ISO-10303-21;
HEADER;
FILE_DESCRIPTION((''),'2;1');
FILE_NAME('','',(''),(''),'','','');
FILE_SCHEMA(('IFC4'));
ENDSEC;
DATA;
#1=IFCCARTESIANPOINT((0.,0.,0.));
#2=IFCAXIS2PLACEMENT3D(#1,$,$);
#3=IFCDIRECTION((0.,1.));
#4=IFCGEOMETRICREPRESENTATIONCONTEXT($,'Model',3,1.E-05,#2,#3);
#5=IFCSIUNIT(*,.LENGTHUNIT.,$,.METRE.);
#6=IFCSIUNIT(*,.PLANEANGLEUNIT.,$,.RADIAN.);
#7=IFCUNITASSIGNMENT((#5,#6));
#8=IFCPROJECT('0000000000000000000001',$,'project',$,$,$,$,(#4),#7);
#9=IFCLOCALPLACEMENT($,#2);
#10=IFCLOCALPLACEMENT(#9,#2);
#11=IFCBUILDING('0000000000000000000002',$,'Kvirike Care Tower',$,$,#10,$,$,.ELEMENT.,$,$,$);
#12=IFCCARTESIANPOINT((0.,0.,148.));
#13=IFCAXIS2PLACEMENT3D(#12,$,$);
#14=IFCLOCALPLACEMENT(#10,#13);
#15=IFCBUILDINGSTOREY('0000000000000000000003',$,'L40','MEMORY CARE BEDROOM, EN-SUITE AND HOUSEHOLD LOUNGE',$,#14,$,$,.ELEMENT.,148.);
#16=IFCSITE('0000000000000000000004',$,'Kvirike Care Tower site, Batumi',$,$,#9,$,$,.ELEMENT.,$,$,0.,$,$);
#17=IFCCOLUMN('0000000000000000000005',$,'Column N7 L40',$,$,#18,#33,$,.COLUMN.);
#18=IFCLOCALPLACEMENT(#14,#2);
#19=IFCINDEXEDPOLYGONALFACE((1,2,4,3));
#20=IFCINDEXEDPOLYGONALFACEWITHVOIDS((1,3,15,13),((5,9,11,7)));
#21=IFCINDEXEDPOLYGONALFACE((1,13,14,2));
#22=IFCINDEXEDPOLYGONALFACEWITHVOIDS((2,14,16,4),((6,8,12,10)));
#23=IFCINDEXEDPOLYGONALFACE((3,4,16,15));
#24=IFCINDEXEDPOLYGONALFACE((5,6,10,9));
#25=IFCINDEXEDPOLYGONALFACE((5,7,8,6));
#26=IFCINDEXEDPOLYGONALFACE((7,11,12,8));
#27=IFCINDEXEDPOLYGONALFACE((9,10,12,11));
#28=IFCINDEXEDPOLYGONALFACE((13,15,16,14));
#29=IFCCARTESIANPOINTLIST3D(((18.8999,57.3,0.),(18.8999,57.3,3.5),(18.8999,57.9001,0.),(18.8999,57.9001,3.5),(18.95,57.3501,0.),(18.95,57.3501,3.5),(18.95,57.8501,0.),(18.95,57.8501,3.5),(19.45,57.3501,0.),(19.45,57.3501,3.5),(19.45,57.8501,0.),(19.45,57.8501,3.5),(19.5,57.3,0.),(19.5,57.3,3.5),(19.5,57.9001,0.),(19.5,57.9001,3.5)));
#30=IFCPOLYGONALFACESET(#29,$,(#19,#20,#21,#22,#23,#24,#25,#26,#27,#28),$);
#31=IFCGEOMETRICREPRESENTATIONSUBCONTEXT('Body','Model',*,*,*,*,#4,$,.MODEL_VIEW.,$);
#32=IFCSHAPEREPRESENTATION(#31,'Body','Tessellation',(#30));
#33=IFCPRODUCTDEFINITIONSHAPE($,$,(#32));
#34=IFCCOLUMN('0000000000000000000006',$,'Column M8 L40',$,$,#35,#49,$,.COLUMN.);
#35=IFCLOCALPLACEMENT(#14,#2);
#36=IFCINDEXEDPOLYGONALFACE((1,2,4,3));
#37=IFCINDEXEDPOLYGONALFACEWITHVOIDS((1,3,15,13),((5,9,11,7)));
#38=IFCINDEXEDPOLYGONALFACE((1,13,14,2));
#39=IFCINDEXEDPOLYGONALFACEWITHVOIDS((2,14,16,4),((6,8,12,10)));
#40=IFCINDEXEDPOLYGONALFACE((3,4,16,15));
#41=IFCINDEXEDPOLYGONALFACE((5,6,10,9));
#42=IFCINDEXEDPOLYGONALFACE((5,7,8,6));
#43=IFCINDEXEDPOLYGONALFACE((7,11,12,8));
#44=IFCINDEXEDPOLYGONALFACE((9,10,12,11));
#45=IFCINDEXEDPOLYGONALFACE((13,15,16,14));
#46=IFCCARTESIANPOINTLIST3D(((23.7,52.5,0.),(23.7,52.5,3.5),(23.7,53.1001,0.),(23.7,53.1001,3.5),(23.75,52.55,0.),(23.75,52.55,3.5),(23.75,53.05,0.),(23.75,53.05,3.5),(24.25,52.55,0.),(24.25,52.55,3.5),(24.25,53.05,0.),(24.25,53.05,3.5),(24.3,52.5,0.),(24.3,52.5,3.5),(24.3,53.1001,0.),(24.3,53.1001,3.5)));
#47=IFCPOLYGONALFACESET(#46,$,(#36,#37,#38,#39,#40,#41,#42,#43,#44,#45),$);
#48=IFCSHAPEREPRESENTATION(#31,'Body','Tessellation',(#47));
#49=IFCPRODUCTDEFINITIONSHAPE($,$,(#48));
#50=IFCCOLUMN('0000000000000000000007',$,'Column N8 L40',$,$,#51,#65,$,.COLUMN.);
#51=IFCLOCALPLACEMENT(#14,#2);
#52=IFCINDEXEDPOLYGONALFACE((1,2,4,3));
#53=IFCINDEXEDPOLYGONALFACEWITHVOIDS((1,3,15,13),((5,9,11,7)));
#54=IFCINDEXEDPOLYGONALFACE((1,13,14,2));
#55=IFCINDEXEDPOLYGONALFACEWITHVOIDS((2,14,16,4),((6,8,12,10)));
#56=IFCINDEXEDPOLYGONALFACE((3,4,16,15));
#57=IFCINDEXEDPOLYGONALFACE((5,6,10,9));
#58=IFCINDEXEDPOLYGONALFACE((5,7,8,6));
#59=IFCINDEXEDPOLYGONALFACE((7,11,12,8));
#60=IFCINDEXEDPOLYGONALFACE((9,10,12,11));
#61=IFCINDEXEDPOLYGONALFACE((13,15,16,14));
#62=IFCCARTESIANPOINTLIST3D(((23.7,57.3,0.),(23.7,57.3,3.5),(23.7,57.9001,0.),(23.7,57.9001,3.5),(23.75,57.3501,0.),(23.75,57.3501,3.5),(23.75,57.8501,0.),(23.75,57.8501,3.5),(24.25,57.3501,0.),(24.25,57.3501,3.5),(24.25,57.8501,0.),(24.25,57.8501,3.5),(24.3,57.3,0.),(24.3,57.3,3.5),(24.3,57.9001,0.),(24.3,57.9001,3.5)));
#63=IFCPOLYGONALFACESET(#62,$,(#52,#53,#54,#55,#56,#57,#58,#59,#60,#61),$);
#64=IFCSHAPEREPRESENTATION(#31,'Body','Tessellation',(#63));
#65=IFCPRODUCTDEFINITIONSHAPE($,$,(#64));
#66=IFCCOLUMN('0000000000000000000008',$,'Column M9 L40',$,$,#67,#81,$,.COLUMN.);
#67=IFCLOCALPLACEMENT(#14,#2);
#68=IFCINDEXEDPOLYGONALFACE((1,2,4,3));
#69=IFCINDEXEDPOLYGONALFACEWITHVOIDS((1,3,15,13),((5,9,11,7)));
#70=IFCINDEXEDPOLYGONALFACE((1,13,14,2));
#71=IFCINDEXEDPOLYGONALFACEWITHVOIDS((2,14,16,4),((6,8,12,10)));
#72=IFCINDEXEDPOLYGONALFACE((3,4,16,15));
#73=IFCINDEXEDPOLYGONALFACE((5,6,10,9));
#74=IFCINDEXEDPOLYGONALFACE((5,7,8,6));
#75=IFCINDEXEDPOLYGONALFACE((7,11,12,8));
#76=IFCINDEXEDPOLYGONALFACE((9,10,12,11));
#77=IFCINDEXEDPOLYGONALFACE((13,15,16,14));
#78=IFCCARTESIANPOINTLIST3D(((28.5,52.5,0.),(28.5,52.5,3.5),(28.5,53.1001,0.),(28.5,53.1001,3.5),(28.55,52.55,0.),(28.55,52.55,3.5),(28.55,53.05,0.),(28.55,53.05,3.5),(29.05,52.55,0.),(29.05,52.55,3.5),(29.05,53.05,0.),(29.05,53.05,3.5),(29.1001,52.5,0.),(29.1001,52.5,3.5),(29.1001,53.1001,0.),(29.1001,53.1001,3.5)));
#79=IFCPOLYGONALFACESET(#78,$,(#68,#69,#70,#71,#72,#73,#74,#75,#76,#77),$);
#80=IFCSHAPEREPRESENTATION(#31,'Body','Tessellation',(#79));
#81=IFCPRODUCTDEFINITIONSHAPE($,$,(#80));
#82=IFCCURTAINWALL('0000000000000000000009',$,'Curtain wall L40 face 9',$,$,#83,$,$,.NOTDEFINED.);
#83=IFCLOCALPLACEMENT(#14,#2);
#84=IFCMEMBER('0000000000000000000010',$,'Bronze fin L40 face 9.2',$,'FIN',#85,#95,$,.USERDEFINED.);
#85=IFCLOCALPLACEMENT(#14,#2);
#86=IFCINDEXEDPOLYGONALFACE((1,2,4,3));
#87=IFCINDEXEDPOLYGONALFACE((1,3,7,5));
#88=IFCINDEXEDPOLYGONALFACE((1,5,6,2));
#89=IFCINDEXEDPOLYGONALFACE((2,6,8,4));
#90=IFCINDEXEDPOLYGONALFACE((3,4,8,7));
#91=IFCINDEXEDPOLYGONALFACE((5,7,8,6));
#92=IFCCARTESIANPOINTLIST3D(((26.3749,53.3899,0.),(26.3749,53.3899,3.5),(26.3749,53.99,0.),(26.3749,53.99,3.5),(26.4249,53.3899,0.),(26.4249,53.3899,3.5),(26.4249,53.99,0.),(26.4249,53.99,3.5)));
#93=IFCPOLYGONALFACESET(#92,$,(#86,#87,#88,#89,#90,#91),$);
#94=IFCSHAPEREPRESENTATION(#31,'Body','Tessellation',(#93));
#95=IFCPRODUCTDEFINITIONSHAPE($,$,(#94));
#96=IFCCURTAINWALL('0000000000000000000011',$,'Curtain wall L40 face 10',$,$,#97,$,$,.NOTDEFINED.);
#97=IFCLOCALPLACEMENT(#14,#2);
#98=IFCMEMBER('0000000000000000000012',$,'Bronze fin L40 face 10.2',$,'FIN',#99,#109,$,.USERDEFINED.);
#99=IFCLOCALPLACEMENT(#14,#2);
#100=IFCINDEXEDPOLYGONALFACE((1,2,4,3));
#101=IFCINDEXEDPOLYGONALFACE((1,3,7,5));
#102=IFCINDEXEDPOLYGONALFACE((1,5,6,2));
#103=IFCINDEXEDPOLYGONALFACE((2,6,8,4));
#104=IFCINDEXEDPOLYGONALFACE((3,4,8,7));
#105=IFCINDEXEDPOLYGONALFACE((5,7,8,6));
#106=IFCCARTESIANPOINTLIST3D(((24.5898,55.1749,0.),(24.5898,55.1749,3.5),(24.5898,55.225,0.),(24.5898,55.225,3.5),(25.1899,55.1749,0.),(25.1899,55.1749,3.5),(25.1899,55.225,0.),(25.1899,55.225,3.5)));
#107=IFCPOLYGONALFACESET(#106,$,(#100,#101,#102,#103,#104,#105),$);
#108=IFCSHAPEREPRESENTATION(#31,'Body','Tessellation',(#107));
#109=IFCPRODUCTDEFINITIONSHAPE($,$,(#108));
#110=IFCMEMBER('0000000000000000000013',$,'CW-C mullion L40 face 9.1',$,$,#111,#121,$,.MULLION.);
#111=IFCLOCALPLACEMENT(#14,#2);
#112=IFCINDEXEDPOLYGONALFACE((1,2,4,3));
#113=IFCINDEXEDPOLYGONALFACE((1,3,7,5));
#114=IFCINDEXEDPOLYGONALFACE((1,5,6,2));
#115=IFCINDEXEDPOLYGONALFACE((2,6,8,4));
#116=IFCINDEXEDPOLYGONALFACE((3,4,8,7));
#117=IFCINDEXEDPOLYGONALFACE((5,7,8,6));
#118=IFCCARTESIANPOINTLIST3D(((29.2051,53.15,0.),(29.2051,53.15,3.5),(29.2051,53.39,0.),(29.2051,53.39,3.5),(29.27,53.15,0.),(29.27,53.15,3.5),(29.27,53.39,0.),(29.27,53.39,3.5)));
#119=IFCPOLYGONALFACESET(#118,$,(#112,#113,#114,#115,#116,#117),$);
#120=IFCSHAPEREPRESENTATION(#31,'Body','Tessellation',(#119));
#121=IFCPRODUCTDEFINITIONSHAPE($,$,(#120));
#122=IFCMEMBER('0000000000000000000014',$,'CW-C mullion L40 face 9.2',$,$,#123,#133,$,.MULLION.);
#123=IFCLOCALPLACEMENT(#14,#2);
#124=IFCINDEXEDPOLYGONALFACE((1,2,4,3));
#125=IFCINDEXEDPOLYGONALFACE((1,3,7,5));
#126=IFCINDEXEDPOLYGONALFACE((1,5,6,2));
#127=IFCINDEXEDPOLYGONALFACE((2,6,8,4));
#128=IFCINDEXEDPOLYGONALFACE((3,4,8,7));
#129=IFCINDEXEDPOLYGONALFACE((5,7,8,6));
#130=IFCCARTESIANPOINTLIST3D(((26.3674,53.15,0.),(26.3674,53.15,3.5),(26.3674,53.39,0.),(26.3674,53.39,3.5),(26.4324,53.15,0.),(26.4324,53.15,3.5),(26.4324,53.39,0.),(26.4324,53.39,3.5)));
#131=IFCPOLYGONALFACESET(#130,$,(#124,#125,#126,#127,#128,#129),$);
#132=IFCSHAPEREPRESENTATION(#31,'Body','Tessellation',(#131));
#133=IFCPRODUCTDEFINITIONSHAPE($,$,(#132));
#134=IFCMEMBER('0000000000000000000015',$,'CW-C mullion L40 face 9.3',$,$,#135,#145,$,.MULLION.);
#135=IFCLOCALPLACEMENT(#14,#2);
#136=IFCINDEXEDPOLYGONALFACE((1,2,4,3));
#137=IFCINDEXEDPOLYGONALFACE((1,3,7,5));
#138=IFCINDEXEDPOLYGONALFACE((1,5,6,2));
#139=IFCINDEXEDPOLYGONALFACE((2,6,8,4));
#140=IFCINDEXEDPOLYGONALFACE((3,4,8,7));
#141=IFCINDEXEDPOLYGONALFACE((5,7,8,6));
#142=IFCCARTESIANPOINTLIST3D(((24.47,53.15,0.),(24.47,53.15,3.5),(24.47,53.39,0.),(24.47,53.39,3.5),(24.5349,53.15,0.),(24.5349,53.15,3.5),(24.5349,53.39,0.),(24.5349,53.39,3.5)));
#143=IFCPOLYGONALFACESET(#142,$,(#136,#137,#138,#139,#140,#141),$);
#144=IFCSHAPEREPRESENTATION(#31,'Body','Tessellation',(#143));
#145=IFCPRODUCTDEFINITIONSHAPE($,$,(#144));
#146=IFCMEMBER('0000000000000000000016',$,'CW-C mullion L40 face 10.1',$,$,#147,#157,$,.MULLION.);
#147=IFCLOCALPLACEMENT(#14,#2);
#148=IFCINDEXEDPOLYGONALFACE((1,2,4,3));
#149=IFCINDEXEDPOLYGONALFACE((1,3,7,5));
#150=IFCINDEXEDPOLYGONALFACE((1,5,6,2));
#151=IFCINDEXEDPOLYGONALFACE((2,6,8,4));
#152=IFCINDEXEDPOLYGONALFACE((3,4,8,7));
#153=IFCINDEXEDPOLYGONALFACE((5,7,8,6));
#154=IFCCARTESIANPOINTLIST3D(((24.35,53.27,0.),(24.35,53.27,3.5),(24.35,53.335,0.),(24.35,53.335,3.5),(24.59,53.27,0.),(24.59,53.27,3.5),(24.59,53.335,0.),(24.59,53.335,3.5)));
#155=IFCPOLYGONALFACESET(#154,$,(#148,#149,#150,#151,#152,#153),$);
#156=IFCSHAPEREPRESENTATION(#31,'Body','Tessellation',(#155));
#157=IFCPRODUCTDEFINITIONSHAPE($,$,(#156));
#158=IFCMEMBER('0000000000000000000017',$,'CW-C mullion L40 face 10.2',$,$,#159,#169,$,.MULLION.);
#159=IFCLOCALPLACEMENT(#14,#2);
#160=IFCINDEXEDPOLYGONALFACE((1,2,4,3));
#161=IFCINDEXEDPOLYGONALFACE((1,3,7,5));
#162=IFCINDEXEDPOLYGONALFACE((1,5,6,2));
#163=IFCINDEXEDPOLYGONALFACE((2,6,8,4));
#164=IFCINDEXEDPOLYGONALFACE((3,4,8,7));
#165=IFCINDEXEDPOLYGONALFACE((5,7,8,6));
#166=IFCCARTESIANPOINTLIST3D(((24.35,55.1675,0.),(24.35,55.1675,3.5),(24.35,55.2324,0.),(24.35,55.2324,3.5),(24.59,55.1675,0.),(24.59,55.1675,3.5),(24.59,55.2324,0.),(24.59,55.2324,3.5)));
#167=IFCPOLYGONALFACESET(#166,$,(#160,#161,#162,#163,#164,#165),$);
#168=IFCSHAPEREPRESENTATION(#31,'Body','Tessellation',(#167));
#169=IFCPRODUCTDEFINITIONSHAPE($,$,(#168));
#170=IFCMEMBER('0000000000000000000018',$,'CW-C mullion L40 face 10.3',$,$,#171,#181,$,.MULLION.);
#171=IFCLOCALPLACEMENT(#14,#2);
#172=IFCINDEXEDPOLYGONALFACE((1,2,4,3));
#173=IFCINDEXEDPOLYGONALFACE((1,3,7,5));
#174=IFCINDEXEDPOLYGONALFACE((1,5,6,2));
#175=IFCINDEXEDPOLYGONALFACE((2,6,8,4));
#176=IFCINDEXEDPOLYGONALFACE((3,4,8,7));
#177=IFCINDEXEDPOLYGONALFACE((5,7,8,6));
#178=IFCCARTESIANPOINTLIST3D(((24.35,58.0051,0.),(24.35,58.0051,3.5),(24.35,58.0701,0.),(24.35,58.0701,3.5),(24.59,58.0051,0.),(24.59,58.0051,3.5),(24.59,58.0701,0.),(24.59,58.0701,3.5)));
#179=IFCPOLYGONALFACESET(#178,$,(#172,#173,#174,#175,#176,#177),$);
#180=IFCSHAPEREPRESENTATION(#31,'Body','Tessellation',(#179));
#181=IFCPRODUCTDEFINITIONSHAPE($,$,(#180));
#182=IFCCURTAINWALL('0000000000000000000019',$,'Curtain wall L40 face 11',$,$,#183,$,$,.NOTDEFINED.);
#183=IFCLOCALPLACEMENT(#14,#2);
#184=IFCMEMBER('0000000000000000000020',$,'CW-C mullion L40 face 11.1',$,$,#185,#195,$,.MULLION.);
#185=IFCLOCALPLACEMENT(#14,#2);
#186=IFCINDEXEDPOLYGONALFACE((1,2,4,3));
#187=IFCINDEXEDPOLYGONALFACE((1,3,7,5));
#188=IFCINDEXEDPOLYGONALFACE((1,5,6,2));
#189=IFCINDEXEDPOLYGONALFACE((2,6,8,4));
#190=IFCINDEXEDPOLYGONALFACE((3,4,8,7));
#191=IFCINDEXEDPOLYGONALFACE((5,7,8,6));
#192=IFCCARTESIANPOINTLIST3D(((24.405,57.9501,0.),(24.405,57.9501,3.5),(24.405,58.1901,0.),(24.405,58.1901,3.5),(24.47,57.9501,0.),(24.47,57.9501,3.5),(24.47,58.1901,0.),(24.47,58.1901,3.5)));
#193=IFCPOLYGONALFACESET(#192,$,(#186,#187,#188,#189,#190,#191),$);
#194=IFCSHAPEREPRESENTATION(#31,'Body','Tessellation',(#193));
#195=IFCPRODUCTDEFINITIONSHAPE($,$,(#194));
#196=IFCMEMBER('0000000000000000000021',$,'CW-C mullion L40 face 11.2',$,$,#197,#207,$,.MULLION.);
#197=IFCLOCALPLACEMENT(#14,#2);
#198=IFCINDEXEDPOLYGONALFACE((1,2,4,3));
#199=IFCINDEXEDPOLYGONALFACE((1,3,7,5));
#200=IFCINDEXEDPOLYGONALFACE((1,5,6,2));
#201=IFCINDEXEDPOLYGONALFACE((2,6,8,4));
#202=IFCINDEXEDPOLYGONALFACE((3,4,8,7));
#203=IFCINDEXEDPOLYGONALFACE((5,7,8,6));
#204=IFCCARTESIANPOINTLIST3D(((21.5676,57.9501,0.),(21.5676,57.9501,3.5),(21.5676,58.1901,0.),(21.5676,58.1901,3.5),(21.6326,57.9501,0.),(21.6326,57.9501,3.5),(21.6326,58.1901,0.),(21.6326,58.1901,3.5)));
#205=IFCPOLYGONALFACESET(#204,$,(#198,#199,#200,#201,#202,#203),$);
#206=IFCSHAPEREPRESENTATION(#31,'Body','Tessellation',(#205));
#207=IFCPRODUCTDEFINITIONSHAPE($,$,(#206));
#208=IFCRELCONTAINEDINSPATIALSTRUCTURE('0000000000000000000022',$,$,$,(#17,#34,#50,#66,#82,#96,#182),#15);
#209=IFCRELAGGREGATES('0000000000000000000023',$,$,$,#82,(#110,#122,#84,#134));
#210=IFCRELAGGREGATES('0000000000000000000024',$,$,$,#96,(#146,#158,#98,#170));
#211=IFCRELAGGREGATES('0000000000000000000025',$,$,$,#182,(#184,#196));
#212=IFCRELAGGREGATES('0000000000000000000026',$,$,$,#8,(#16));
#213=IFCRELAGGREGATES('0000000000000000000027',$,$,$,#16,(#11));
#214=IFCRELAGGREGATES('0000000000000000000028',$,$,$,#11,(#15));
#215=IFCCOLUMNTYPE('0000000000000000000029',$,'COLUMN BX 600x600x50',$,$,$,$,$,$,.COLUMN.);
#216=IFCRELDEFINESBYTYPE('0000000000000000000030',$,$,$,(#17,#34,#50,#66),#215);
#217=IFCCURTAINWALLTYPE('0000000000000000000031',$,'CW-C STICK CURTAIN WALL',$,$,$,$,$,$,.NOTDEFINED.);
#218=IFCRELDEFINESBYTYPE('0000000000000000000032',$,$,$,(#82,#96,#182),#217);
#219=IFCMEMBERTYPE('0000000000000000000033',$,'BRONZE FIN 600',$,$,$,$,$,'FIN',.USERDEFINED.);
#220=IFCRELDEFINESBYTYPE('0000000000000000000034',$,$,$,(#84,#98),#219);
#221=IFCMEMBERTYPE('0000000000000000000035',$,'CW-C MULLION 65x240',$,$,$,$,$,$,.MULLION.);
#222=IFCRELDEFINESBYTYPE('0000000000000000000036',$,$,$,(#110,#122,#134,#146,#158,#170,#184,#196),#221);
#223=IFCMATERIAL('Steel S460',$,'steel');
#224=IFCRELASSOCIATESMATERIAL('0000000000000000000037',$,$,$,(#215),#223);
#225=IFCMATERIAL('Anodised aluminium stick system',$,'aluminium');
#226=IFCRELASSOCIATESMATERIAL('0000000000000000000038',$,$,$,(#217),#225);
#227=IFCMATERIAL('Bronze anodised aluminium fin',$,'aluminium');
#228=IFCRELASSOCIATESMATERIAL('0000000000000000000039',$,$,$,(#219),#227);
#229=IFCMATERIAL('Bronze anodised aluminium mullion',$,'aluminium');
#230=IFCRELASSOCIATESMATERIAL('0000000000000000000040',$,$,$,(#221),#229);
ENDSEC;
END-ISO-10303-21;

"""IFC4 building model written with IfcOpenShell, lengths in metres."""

from ifc_helpers import new_model, si_unit, direction, frame, origin, origin_2d, place, context, subcontext, project, spatial, rectangle, hollow_rectangle, extrude, material, material_profile, profile_set, type_object, element, aggregate, save


model = new_model("IFC4")

# Units and contexts
model_context = context("Model", 3, precision=1e-05, world=origin(), true_north=direction((0.0, 1.0)))
body_context = subcontext(model_context, "Body", "Model", "MODEL_VIEW")
ifc_project = project(units=[si_unit("LENGTHUNIT", "METRE"), si_unit("PLANEANGLEUNIT", "RADIAN")], contexts=[model_context])

# Site, building, storey
site_placement = place(None, origin())
site = spatial("IfcSite", under=ifc_project, at=site_placement, Name="Kvirike Care Tower site, Batumi", CompositionType="ELEMENT", RefElevation=0.0)
building_placement = place(site_placement, origin())
building = spatial("IfcBuilding", under=site, at=building_placement, Name="Kvirike Care Tower", CompositionType="ELEMENT")
storey_placement = place(building_placement, frame((0.0, 0.0, 148.0)))
storey = spatial("IfcBuildingStorey", under=building, at=storey_placement, Name="L40", Description="MEMORY CARE BEDROOM, EN-SUITE AND HOUSEHOLD LOUNGE", CompositionType="ELEMENT", Elevation=148.0)

# Columns
ifc_material_1 = material(Name="Steel S460", Category="steel")
ifc_material_profile_1 = material_profile(ifc_material_1, hollow_rectangle(XDim=0.6001, YDim=0.6001, WallThickness=0.05, at=origin_2d()), Name="BX 600x600x50")
ifc_profile_set_1 = profile_set([ifc_material_profile_1], Name="Steel S460")
column_type = type_object("IfcColumnType", Name="COLUMN BX 600x600x50", PredefinedType="COLUMN", material=ifc_profile_set_1)
for number, where, z_axis, x_axis, name in (
    (1, (19.2, 57.6001, 0.0), (0.0, 0.0, 1.0), (0.0, 1.0, 0.0), "Column N7 L40"),
    (2, (24.0, 52.8, 0.0), (0.0, 0.0, 1.0), (0.0, 1.0, 0.0), "Column M8 L40"),
    (3, (24.0, 57.6001, 0.0), (0.0, 0.0, 1.0), (0.0, 1.0, 0.0), "Column N8 L40"),
    (4, (28.8, 52.8, 0.0), (0.0, 0.0, 1.0), (0.0, 1.0, 0.0), "Column M9 L40"),
):
    element("IfcColumn", number, at=place(storey_placement, frame(where, z_axis=z_axis, x_axis=x_axis)), inside=storey, type_object=column_type, Name=name, PredefinedType="COLUMN", context=body_context, shape_type="SweptSolid", body=[
        extrude(hollow_rectangle(XDim=0.6001, YDim=0.6001, WallThickness=0.05, at=origin_2d()), origin(), (0.0, 0.0, 1.0), 3.5),
    ])

# Curtain walls, members
ifc_material_2 = material(Name="Anodised aluminium stick system", Category="aluminium")
curtain_wall_type = type_object("IfcCurtainWallType", Name="CW-C STICK CURTAIN WALL", PredefinedType="NOTDEFINED", material=ifc_material_2)
curtain_wall_1_placement = place(storey_placement, origin())
curtain_wall_1 = element("IfcCurtainWall", 5, at=curtain_wall_1_placement, inside=storey, type_object=curtain_wall_type, Name="Curtain wall L40 face 9", PredefinedType="NOTDEFINED")
ifc_material_3 = material(Name="Bronze anodised aluminium fin", Category="aluminium")
ifc_material_profile_2 = material_profile(ifc_material_3, rectangle(XDim=0.05, YDim=0.6001, at=origin_2d()), Name="BRONZE FIN 600")
ifc_profile_set_2 = profile_set([ifc_material_profile_2], Name="Bronze anodised aluminium fin")
member_type_1 = type_object("IfcMemberType", Name="BRONZE FIN 600", ElementType="FIN", PredefinedType="USERDEFINED", material=ifc_profile_set_2)
member_1_placement = place(storey_placement, frame((26.3999, 53.6899, 0.0), z_axis=(0.0, 0.0, 1.0), x_axis=(-1.0, 0.0, 0.0)))
member_1 = element("IfcMember", 6, at=member_1_placement, type_object=member_type_1, Name="Bronze fin L40 face 9.2", ObjectType="FIN", PredefinedType="USERDEFINED", context=body_context, shape_type="SweptSolid", body=[
    extrude(rectangle(XDim=0.05, YDim=0.6001, at=origin_2d()), origin(), (0.0, 0.0, 1.0), 3.5),
])
curtain_wall_2_placement = place(storey_placement, origin())
curtain_wall_2 = element("IfcCurtainWall", 7, at=curtain_wall_2_placement, inside=storey, type_object=curtain_wall_type, Name="Curtain wall L40 face 10", PredefinedType="NOTDEFINED")
member_2_placement = place(storey_placement, frame((24.8899, 55.2, 0.0), z_axis=(0.0, 0.0, 1.0), x_axis=(0.0, 1.0, 0.0)))
member_2 = element("IfcMember", 8, at=member_2_placement, type_object=member_type_1, Name="Bronze fin L40 face 10.2", ObjectType="FIN", PredefinedType="USERDEFINED", context=body_context, shape_type="SweptSolid", body=[
    extrude(rectangle(XDim=0.05, YDim=0.6001, at=origin_2d()), origin(), (0.0, 0.0, 1.0), 3.5),
])

# Members
ifc_material_4 = material(Name="Bronze anodised aluminium mullion", Category="aluminium")
ifc_material_profile_3 = material_profile(ifc_material_4, rectangle(XDim=0.0649, YDim=0.24, at=origin_2d()), Name="CW-C MULLION 65x240")
ifc_profile_set_3 = profile_set([ifc_material_profile_3], Name="Bronze anodised aluminium mullion")
member_type_2 = type_object("IfcMemberType", Name="CW-C MULLION 65x240", PredefinedType="MULLION", material=ifc_profile_set_3)
member_3_placement = place(storey_placement, frame((29.2375, 53.27, 0.0), z_axis=(0.0, 0.0, 1.0), x_axis=(-1.0, 0.0, 0.0)))
member_3 = element("IfcMember", 9, at=member_3_placement, type_object=member_type_2, Name="CW-C mullion L40 face 9.1", PredefinedType="MULLION", context=body_context, shape_type="SweptSolid", body=[
    extrude(rectangle(XDim=0.0649, YDim=0.24, at=origin_2d()), origin(), (0.0, 0.0, 1.0), 3.5),
])
member_4_placement = place(storey_placement, frame((26.3999, 53.27, 0.0), z_axis=(0.0, 0.0, 1.0), x_axis=(-1.0, 0.0, 0.0)))
member_4 = element("IfcMember", 10, at=member_4_placement, type_object=member_type_2, Name="CW-C mullion L40 face 9.2", PredefinedType="MULLION", context=body_context, shape_type="SweptSolid", body=[
    extrude(rectangle(XDim=0.0649, YDim=0.24, at=origin_2d()), origin(), (0.0, 0.0, 1.0), 3.5),
])
member_5_placement = place(storey_placement, frame((24.5024, 53.27, 0.0), z_axis=(0.0, 0.0, 1.0), x_axis=(-1.0, 0.0, 0.0)))
member_5 = element("IfcMember", 11, at=member_5_placement, type_object=member_type_2, Name="CW-C mullion L40 face 9.3", PredefinedType="MULLION", context=body_context, shape_type="SweptSolid", body=[
    extrude(rectangle(XDim=0.0649, YDim=0.24, at=origin_2d()), origin(), (0.0, 0.0, 1.0), 3.5),
])
member_6_placement = place(storey_placement, frame((24.47, 53.3025, 0.0), z_axis=(0.0, 0.0, 1.0), x_axis=(0.0, 1.0, 0.0)))
member_6 = element("IfcMember", 12, at=member_6_placement, type_object=member_type_2, Name="CW-C mullion L40 face 10.1", PredefinedType="MULLION", context=body_context, shape_type="SweptSolid", body=[
    extrude(rectangle(XDim=0.0649, YDim=0.24, at=origin_2d()), origin(), (0.0, 0.0, 1.0), 3.5),
])
member_7_placement = place(storey_placement, frame((24.47, 55.2, 0.0), z_axis=(0.0, 0.0, 1.0), x_axis=(0.0, 1.0, 0.0)))
member_7 = element("IfcMember", 13, at=member_7_placement, type_object=member_type_2, Name="CW-C mullion L40 face 10.2", PredefinedType="MULLION", context=body_context, shape_type="SweptSolid", body=[
    extrude(rectangle(XDim=0.0649, YDim=0.24, at=origin_2d()), origin(), (0.0, 0.0, 1.0), 3.5),
])
member_8_placement = place(storey_placement, frame((24.47, 58.0376, 0.0), z_axis=(0.0, 0.0, 1.0), x_axis=(0.0, 1.0, 0.0)))
member_8 = element("IfcMember", 14, at=member_8_placement, type_object=member_type_2, Name="CW-C mullion L40 face 10.3", PredefinedType="MULLION", context=body_context, shape_type="SweptSolid", body=[
    extrude(rectangle(XDim=0.0649, YDim=0.24, at=origin_2d()), origin(), (0.0, 0.0, 1.0), 3.5),
])

# Curtain wall, members
curtain_wall_3_placement = place(storey_placement, origin())
curtain_wall_3 = element("IfcCurtainWall", 15, at=curtain_wall_3_placement, inside=storey, type_object=curtain_wall_type, Name="Curtain wall L40 face 11", PredefinedType="NOTDEFINED")
member_9_placement = place(storey_placement, frame((24.4375, 58.0701, 0.0), z_axis=(0.0, 0.0, 1.0), x_axis=(-1.0, 0.0, 0.0)))
member_9 = element("IfcMember", 16, at=member_9_placement, type_object=member_type_2, Name="CW-C mullion L40 face 11.1", PredefinedType="MULLION", context=body_context, shape_type="SweptSolid", body=[
    extrude(rectangle(XDim=0.0649, YDim=0.24, at=origin_2d()), origin(), (0.0, 0.0, 1.0), 3.5),
])
member_10_placement = place(storey_placement, frame((21.6001, 58.0701, 0.0), z_axis=(0.0, 0.0, 1.0), x_axis=(-1.0, 0.0, 0.0)))
member_10 = element("IfcMember", 17, at=member_10_placement, type_object=member_type_2, Name="CW-C mullion L40 face 11.2", PredefinedType="MULLION", context=body_context, shape_type="SweptSolid", body=[
    extrude(rectangle(XDim=0.0649, YDim=0.24, at=origin_2d()), origin(), (0.0, 0.0, 1.0), 3.5),
])

aggregate(curtain_wall_1, [member_3, member_4, member_1, member_5])
aggregate(curtain_wall_2, [member_6, member_7, member_2, member_8])
aggregate(curtain_wall_3, [member_9, member_10])

save(model, "model.ifc")
